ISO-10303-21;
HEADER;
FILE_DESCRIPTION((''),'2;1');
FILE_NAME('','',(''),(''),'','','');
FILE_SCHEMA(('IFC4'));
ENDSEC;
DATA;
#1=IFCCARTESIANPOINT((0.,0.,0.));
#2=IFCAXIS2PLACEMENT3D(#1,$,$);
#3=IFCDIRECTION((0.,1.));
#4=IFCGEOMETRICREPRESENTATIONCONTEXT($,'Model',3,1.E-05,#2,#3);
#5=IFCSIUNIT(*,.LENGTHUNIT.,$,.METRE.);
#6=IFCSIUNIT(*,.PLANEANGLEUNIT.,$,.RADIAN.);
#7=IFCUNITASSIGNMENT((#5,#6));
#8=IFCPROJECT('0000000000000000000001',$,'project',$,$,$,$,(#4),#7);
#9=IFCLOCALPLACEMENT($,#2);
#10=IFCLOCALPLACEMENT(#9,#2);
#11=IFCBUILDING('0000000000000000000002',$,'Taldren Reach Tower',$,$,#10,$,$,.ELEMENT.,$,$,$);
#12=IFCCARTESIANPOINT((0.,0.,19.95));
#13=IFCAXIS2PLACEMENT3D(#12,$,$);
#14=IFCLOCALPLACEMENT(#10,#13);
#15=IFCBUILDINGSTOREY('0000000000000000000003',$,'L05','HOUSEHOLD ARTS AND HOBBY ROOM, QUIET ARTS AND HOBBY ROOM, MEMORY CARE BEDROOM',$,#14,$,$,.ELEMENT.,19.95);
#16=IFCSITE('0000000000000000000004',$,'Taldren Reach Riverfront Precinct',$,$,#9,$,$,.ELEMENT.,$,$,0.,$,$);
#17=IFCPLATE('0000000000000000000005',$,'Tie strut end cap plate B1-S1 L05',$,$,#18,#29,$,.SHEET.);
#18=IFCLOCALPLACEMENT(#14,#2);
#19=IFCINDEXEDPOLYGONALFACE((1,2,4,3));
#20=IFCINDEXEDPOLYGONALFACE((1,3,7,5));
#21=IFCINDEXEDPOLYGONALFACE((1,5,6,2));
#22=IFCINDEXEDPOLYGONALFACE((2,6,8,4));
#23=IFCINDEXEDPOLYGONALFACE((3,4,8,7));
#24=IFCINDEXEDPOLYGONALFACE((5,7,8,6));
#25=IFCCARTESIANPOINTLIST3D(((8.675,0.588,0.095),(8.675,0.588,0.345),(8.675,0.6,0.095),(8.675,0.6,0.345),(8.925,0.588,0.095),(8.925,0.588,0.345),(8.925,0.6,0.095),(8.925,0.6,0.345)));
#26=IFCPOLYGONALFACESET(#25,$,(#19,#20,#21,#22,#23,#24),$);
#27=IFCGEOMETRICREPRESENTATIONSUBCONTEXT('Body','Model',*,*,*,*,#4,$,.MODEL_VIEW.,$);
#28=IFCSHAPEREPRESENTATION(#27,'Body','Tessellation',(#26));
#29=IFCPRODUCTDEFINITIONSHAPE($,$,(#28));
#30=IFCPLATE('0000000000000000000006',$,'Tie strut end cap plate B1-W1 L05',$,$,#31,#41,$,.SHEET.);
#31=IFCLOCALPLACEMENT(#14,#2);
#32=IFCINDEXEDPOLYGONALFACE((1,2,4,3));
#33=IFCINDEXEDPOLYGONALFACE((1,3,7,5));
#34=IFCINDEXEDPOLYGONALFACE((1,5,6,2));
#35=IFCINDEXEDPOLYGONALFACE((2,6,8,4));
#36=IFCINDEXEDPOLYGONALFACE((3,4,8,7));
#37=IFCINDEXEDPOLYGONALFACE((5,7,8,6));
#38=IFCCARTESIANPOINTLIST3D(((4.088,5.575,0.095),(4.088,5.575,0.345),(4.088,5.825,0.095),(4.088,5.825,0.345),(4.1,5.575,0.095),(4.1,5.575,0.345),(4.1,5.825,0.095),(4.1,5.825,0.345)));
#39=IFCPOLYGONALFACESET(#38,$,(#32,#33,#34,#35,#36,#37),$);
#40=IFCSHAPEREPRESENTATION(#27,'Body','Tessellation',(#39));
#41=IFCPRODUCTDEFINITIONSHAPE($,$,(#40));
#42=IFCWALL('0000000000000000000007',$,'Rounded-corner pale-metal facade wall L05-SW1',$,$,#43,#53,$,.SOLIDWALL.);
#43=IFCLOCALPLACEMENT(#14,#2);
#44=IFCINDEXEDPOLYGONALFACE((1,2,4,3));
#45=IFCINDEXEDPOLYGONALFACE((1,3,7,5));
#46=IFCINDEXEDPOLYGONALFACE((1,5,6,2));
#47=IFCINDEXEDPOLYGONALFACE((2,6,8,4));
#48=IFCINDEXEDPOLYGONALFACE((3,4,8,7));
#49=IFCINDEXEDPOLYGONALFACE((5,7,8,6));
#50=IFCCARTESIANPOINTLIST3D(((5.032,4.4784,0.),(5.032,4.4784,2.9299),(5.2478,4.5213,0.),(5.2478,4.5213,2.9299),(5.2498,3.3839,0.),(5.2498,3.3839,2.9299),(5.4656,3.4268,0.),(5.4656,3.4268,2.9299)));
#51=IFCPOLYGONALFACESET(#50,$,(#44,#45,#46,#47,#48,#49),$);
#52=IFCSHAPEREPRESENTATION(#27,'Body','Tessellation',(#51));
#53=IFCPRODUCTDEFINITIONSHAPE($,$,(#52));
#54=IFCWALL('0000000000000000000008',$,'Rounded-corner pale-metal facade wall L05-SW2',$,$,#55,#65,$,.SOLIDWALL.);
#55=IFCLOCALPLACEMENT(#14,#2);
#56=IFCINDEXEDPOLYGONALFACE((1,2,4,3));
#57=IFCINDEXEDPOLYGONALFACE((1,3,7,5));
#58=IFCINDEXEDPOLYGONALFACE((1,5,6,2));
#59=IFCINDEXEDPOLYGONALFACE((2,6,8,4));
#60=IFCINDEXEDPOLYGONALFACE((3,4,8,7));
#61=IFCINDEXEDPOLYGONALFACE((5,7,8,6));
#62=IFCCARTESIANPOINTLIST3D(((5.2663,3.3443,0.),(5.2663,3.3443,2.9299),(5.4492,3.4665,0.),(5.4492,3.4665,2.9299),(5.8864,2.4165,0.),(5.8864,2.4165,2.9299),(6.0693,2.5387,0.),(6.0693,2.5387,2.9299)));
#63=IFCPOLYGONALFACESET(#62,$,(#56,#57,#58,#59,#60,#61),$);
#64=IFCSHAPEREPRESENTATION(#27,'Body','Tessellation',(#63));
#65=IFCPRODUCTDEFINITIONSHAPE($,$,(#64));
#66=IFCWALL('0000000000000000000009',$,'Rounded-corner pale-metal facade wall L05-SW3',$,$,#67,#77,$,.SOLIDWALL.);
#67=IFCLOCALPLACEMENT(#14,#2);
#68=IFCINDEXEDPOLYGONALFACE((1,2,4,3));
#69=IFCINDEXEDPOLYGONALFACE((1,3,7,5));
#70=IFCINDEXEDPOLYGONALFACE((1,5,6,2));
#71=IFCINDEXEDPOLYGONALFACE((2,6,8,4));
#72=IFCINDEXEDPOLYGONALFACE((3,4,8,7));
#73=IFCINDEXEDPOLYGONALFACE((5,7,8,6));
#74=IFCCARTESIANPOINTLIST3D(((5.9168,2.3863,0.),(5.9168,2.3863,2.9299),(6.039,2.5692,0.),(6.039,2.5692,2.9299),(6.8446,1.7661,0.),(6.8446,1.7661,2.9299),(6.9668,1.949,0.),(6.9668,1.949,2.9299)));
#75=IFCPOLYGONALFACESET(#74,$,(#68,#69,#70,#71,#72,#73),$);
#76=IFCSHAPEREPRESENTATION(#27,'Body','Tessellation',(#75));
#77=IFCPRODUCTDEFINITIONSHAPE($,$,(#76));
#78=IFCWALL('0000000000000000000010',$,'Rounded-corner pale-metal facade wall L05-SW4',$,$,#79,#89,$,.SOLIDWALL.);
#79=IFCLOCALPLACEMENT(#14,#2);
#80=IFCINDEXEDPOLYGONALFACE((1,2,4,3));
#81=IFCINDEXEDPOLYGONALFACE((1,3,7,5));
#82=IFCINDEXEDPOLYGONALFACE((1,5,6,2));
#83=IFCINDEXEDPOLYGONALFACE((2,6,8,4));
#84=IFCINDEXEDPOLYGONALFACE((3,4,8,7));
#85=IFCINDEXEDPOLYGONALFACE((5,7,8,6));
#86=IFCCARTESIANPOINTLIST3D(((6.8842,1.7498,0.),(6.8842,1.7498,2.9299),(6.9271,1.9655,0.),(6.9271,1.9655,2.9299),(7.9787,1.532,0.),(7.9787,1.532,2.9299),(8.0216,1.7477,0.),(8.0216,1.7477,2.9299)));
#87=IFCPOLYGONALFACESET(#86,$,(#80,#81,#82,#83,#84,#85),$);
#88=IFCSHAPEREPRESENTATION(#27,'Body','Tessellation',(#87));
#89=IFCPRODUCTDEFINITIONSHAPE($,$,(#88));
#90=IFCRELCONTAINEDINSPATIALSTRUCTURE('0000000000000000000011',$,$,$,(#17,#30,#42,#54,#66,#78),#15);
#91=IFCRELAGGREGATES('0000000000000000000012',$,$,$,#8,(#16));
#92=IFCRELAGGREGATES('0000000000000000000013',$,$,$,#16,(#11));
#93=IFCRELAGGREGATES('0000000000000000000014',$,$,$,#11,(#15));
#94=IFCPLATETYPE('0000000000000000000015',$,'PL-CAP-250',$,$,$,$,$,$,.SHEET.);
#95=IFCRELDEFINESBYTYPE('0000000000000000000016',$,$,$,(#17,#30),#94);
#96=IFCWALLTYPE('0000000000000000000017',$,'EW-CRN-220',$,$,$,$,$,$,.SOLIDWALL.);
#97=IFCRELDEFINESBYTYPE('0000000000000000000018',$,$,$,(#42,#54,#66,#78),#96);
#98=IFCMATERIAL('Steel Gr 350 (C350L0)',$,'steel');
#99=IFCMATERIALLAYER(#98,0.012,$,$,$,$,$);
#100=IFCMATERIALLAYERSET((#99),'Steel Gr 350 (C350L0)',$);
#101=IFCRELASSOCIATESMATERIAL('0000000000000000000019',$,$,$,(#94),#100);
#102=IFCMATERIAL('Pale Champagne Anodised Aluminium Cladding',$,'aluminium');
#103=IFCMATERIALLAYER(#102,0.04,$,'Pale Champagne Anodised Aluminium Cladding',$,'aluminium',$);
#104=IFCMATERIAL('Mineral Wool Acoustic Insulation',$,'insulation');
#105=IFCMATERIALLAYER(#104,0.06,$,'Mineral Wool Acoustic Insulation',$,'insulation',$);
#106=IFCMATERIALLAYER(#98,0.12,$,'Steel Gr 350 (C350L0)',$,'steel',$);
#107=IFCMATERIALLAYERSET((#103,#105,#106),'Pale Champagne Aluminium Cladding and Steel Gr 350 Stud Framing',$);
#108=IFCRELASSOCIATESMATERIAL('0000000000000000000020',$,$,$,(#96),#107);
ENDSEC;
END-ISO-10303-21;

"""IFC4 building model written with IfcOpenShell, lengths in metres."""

from ifc_helpers import new_model, si_unit, direction, frame, frame_2d, origin, origin_2d, place, context, subcontext, project, spatial, rectangle, extrude, source, transform, mapped, material, layer, layer_set, type_object, element, save


model = new_model("IFC4")

# Units and contexts
model_context = context("Model", 3, precision=1e-05, world=origin(), true_north=direction((0.0, 1.0)))
body_context = subcontext(model_context, "Body", "Model", "MODEL_VIEW")
ifc_project = project(units=[si_unit("LENGTHUNIT", "METRE"), si_unit("PLANEANGLEUNIT", "RADIAN")], contexts=[model_context])

# Site, building, storey
site_placement = place(None, origin())
site = spatial("IfcSite", under=ifc_project, at=site_placement, Name="Taldren Reach Riverfront Precinct", CompositionType="ELEMENT", RefElevation=0.0)
building_placement = place(site_placement, origin())
building = spatial("IfcBuilding", under=site, at=building_placement, Name="Taldren Reach Tower", CompositionType="ELEMENT")
storey_placement = place(building_placement, frame((0.0, 0.0, 19.95)))
storey = spatial("IfcBuildingStorey", under=building, at=storey_placement, Name="L05", Description="HOUSEHOLD ARTS AND HOBBY ROOM, QUIET ARTS AND HOBBY ROOM, MEMORY CARE BEDROOM", CompositionType="ELEMENT", Elevation=19.95)

# Shared definitions
ifc_material_1 = material(Name="Steel Gr 350 (C350L0)", Category="steel")

# Plates
ifc_layer_1 = layer(ifc_material_1, 0.012)
ifc_layer_set_1 = layer_set([ifc_layer_1], Name="Steel Gr 350 (C350L0)")
plate_type = type_object("IfcPlateType", Name="PL-CAP-250", PredefinedType="SHEET", material=ifc_layer_set_1)
shared_shape_1 = source(origin(), body_context, "Body", "SweptSolid", [
    extrude(rectangle(XDim=0.25, YDim=0.012, at=origin_2d()), origin(), (0.0, 0.0, 1.0), 0.25),
])
plate_1_placement = place(storey_placement, frame((8.8, 0.594, 0.095), z_axis=(0.0, 0.0, 1.0), x_axis=(1.0, 0.0, 0.0)))
element("IfcPlate", 1, at=plate_1_placement, inside=storey, type_object=plate_type, Name="Tie strut end cap plate B1-S1 L05", PredefinedType="SHEET", context=body_context, shape_type="MappedRepresentation", body=[
    mapped(shared_shape_1, transform((0.0, 0.0, 0.0), scale=1.0)),
])
shared_shape_2 = source(origin(), body_context, "Body", "SweptSolid", [
    extrude(rectangle(XDim=0.012, YDim=0.25, at=origin_2d()), origin(), (0.0, 0.0, 1.0), 0.25),
])
plate_2_placement = place(storey_placement, frame((4.094, 5.7, 0.095), z_axis=(0.0, 0.0, 1.0), x_axis=(1.0, 0.0, 0.0)))
element("IfcPlate", 2, at=plate_2_placement, inside=storey, type_object=plate_type, Name="Tie strut end cap plate B1-W1 L05", PredefinedType="SHEET", context=body_context, shape_type="MappedRepresentation", body=[
    mapped(shared_shape_2, transform((0.0, 0.0, 0.0), scale=1.0)),
])

# Walls
ifc_material_2 = material(Name="Pale Champagne Anodised Aluminium Cladding", Category="aluminium")
ifc_layer_2 = layer(ifc_material_2, 0.04, Name="Pale Champagne Anodised Aluminium Cladding", Category="aluminium")
ifc_material_3 = material(Name="Mineral Wool Acoustic Insulation", Category="insulation")
ifc_layer_3 = layer(ifc_material_3, 0.06, Name="Mineral Wool Acoustic Insulation", Category="insulation")
ifc_layer_4 = layer(ifc_material_1, 0.12, Name="Steel Gr 350 (C350L0)", Category="steel")
ifc_layer_set_2 = layer_set([ifc_layer_2, ifc_layer_3, ifc_layer_4], Name="Pale Champagne Aluminium Cladding and Steel Gr 350 Stud Framing")
wall_type = type_object("IfcWallType", Name="EW-CRN-220", PredefinedType="SOLIDWALL", material=ifc_layer_set_2)
shared_shape_3 = source(origin(), body_context, "Body", "SweptSolid", [
    extrude(rectangle(XDim=1.116, YDim=0.22, at=frame_2d((0.5581, 0.0))), origin(), (0.0, 0.0, 1.0), 2.9299),
])
for number, where, z_axis, x_axis, name in (
    (3, (5.1399, 4.5, 0.0), (0.0, 0.0, 1.0), (0.195148, -0.980774, 0.0), "Rounded-corner pale-metal facade wall L05-SW1"),
    (4, (5.3577, 3.4055, 0.0), (0.0, 0.0, 1.0), (0.55571, -0.831377, 0.0), "Rounded-corner pale-metal facade wall L05-SW2"),
    (5, (5.9778, 2.4778, 0.0), (0.0, 0.0, 1.0), (0.831377, -0.55571, 0.0), "Rounded-corner pale-metal facade wall L05-SW3"),
    (6, (6.9055, 1.8577, 0.0), (0.0, 0.0, 1.0), (0.980774, -0.195148, 0.0), "Rounded-corner pale-metal facade wall L05-SW4"),
):
    element("IfcWall", number, at=place(storey_placement, frame(where, z_axis=z_axis, x_axis=x_axis)), inside=storey, type_object=wall_type, Name=name, PredefinedType="SOLIDWALL", context=body_context, shape_type="MappedRepresentation", body=[
        mapped(shared_shape_3, transform((0.0, 0.0, 0.0), scale=1.0)),
    ])

save(model, "model.ifc")
